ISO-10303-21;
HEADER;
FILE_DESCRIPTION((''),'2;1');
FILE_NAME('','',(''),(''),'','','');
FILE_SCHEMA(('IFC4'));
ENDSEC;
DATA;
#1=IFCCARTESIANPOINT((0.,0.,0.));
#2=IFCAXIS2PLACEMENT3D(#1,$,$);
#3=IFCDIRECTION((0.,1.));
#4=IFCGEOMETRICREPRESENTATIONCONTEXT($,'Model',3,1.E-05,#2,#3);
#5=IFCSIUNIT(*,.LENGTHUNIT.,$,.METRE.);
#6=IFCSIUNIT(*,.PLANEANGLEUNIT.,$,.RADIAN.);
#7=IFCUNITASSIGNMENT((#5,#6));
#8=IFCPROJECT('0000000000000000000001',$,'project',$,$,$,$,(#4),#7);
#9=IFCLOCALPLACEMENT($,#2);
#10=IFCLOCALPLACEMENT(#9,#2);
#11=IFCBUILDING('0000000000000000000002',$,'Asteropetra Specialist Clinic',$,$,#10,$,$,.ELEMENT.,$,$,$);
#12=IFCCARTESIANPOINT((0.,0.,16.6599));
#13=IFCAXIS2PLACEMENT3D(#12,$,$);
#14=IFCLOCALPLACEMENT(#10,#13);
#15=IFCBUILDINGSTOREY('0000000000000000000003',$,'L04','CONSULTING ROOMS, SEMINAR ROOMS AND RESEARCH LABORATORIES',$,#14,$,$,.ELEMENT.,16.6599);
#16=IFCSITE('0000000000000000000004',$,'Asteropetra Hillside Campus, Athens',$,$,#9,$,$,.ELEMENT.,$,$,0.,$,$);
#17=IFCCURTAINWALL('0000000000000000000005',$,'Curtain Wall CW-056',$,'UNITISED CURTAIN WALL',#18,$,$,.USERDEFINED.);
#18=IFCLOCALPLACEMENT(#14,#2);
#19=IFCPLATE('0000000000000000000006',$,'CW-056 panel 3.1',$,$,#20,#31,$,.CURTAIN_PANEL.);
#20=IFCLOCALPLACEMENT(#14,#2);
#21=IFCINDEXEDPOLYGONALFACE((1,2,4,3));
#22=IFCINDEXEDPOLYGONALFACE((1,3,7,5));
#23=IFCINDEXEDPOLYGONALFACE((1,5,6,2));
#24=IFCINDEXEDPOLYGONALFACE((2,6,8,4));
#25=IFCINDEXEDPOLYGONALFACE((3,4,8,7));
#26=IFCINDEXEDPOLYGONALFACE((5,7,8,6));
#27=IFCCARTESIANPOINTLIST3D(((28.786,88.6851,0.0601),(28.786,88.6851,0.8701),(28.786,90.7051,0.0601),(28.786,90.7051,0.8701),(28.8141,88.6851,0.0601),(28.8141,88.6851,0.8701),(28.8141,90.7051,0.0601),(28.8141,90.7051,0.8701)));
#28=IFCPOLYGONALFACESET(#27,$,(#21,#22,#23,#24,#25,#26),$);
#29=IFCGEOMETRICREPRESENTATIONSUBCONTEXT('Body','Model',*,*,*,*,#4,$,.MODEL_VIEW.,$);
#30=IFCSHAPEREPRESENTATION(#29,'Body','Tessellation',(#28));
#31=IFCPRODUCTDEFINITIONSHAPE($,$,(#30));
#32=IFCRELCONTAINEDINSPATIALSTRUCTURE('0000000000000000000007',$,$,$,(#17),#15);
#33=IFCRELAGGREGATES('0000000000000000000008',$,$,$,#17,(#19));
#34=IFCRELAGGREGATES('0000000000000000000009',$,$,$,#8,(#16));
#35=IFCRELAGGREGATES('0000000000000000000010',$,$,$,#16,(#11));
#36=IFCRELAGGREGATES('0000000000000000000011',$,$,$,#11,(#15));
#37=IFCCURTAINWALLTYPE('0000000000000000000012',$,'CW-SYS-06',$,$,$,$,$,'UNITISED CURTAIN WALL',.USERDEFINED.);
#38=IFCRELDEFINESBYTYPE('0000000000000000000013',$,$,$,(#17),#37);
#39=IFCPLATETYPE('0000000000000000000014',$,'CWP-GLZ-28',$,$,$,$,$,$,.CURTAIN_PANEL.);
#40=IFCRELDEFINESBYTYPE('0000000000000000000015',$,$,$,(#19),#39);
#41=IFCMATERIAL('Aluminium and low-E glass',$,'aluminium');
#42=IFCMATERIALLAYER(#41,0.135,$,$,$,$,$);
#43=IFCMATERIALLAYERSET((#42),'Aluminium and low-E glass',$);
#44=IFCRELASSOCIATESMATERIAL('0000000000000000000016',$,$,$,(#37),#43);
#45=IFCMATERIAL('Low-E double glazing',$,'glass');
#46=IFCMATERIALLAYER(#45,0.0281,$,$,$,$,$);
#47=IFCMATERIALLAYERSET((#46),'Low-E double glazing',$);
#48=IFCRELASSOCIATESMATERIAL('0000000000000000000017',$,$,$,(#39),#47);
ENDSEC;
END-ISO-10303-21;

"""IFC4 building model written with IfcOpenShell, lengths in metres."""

from ifc_helpers import new_model, si_unit, direction, frame, origin, origin_2d, place, context, subcontext, project, spatial, rectangle, extrude, material, layer, layer_set, type_object, element, aggregate, save


model = new_model("IFC4")

# Units and contexts
model_context = context("Model", 3, precision=1e-05, world=origin(), true_north=direction((0.0, 1.0)))
body_context = subcontext(model_context, "Body", "Model", "MODEL_VIEW")
ifc_project = project(units=[si_unit("LENGTHUNIT", "METRE"), si_unit("PLANEANGLEUNIT", "RADIAN")], contexts=[model_context])

# Site, building, storey
site_placement = place(None, origin())
site = spatial("IfcSite", under=ifc_project, at=site_placement, Name="Asteropetra Hillside Campus, Athens", CompositionType="ELEMENT", RefElevation=0.0)
building_placement = place(site_placement, origin())
building = spatial("IfcBuilding", under=site, at=building_placement, Name="Asteropetra Specialist Clinic", CompositionType="ELEMENT")
storey_placement = place(building_placement, frame((0.0, 0.0, 16.6599)))
storey = spatial("IfcBuildingStorey", under=building, at=storey_placement, Name="L04", Description="CONSULTING ROOMS, SEMINAR ROOMS AND RESEARCH LABORATORIES", CompositionType="ELEMENT", Elevation=16.6599)

# Curtain wall
ifc_material_1 = material(Name="Aluminium and low-E glass", Category="aluminium")
ifc_layer_1 = layer(ifc_material_1, 0.135)
ifc_layer_set_1 = layer_set([ifc_layer_1], Name="Aluminium and low-E glass")
curtain_wall_type = type_object("IfcCurtainWallType", Name="CW-SYS-06", ElementType="UNITISED CURTAIN WALL", PredefinedType="USERDEFINED", material=ifc_layer_set_1)
curtain_wall_placement = place(storey_placement, origin())
curtain_wall = element("IfcCurtainWall", 1, at=curtain_wall_placement, inside=storey, type_object=curtain_wall_type, Name="Curtain Wall CW-056", ObjectType="UNITISED CURTAIN WALL", PredefinedType="USERDEFINED")

# Plate
ifc_material_2 = material(Name="Low-E double glazing", Category="glass")
ifc_layer_2 = layer(ifc_material_2, 0.0281)
ifc_layer_set_2 = layer_set([ifc_layer_2], Name="Low-E double glazing")
plate_type = type_object("IfcPlateType", Name="CWP-GLZ-28", PredefinedType="CURTAIN_PANEL", material=ifc_layer_set_2)
plate_1_placement = place(storey_placement, frame((28.8, 89.6951, 0.0601), z_axis=(0.0, 0.0, 1.0), x_axis=(0.0, 1.0, 0.0)))
plate_1 = element("IfcPlate", 2, at=plate_1_placement, type_object=plate_type, Name="CW-056 panel 3.1", PredefinedType="CURTAIN_PANEL", context=body_context, shape_type="SweptSolid", body=[
    extrude(rectangle(XDim=2.02, YDim=0.0281, at=origin_2d()), origin(), (0.0, 0.0, 1.0), 0.8101),
])
aggregate(curtain_wall, [plate_1])

save(model, "model.ifc")
